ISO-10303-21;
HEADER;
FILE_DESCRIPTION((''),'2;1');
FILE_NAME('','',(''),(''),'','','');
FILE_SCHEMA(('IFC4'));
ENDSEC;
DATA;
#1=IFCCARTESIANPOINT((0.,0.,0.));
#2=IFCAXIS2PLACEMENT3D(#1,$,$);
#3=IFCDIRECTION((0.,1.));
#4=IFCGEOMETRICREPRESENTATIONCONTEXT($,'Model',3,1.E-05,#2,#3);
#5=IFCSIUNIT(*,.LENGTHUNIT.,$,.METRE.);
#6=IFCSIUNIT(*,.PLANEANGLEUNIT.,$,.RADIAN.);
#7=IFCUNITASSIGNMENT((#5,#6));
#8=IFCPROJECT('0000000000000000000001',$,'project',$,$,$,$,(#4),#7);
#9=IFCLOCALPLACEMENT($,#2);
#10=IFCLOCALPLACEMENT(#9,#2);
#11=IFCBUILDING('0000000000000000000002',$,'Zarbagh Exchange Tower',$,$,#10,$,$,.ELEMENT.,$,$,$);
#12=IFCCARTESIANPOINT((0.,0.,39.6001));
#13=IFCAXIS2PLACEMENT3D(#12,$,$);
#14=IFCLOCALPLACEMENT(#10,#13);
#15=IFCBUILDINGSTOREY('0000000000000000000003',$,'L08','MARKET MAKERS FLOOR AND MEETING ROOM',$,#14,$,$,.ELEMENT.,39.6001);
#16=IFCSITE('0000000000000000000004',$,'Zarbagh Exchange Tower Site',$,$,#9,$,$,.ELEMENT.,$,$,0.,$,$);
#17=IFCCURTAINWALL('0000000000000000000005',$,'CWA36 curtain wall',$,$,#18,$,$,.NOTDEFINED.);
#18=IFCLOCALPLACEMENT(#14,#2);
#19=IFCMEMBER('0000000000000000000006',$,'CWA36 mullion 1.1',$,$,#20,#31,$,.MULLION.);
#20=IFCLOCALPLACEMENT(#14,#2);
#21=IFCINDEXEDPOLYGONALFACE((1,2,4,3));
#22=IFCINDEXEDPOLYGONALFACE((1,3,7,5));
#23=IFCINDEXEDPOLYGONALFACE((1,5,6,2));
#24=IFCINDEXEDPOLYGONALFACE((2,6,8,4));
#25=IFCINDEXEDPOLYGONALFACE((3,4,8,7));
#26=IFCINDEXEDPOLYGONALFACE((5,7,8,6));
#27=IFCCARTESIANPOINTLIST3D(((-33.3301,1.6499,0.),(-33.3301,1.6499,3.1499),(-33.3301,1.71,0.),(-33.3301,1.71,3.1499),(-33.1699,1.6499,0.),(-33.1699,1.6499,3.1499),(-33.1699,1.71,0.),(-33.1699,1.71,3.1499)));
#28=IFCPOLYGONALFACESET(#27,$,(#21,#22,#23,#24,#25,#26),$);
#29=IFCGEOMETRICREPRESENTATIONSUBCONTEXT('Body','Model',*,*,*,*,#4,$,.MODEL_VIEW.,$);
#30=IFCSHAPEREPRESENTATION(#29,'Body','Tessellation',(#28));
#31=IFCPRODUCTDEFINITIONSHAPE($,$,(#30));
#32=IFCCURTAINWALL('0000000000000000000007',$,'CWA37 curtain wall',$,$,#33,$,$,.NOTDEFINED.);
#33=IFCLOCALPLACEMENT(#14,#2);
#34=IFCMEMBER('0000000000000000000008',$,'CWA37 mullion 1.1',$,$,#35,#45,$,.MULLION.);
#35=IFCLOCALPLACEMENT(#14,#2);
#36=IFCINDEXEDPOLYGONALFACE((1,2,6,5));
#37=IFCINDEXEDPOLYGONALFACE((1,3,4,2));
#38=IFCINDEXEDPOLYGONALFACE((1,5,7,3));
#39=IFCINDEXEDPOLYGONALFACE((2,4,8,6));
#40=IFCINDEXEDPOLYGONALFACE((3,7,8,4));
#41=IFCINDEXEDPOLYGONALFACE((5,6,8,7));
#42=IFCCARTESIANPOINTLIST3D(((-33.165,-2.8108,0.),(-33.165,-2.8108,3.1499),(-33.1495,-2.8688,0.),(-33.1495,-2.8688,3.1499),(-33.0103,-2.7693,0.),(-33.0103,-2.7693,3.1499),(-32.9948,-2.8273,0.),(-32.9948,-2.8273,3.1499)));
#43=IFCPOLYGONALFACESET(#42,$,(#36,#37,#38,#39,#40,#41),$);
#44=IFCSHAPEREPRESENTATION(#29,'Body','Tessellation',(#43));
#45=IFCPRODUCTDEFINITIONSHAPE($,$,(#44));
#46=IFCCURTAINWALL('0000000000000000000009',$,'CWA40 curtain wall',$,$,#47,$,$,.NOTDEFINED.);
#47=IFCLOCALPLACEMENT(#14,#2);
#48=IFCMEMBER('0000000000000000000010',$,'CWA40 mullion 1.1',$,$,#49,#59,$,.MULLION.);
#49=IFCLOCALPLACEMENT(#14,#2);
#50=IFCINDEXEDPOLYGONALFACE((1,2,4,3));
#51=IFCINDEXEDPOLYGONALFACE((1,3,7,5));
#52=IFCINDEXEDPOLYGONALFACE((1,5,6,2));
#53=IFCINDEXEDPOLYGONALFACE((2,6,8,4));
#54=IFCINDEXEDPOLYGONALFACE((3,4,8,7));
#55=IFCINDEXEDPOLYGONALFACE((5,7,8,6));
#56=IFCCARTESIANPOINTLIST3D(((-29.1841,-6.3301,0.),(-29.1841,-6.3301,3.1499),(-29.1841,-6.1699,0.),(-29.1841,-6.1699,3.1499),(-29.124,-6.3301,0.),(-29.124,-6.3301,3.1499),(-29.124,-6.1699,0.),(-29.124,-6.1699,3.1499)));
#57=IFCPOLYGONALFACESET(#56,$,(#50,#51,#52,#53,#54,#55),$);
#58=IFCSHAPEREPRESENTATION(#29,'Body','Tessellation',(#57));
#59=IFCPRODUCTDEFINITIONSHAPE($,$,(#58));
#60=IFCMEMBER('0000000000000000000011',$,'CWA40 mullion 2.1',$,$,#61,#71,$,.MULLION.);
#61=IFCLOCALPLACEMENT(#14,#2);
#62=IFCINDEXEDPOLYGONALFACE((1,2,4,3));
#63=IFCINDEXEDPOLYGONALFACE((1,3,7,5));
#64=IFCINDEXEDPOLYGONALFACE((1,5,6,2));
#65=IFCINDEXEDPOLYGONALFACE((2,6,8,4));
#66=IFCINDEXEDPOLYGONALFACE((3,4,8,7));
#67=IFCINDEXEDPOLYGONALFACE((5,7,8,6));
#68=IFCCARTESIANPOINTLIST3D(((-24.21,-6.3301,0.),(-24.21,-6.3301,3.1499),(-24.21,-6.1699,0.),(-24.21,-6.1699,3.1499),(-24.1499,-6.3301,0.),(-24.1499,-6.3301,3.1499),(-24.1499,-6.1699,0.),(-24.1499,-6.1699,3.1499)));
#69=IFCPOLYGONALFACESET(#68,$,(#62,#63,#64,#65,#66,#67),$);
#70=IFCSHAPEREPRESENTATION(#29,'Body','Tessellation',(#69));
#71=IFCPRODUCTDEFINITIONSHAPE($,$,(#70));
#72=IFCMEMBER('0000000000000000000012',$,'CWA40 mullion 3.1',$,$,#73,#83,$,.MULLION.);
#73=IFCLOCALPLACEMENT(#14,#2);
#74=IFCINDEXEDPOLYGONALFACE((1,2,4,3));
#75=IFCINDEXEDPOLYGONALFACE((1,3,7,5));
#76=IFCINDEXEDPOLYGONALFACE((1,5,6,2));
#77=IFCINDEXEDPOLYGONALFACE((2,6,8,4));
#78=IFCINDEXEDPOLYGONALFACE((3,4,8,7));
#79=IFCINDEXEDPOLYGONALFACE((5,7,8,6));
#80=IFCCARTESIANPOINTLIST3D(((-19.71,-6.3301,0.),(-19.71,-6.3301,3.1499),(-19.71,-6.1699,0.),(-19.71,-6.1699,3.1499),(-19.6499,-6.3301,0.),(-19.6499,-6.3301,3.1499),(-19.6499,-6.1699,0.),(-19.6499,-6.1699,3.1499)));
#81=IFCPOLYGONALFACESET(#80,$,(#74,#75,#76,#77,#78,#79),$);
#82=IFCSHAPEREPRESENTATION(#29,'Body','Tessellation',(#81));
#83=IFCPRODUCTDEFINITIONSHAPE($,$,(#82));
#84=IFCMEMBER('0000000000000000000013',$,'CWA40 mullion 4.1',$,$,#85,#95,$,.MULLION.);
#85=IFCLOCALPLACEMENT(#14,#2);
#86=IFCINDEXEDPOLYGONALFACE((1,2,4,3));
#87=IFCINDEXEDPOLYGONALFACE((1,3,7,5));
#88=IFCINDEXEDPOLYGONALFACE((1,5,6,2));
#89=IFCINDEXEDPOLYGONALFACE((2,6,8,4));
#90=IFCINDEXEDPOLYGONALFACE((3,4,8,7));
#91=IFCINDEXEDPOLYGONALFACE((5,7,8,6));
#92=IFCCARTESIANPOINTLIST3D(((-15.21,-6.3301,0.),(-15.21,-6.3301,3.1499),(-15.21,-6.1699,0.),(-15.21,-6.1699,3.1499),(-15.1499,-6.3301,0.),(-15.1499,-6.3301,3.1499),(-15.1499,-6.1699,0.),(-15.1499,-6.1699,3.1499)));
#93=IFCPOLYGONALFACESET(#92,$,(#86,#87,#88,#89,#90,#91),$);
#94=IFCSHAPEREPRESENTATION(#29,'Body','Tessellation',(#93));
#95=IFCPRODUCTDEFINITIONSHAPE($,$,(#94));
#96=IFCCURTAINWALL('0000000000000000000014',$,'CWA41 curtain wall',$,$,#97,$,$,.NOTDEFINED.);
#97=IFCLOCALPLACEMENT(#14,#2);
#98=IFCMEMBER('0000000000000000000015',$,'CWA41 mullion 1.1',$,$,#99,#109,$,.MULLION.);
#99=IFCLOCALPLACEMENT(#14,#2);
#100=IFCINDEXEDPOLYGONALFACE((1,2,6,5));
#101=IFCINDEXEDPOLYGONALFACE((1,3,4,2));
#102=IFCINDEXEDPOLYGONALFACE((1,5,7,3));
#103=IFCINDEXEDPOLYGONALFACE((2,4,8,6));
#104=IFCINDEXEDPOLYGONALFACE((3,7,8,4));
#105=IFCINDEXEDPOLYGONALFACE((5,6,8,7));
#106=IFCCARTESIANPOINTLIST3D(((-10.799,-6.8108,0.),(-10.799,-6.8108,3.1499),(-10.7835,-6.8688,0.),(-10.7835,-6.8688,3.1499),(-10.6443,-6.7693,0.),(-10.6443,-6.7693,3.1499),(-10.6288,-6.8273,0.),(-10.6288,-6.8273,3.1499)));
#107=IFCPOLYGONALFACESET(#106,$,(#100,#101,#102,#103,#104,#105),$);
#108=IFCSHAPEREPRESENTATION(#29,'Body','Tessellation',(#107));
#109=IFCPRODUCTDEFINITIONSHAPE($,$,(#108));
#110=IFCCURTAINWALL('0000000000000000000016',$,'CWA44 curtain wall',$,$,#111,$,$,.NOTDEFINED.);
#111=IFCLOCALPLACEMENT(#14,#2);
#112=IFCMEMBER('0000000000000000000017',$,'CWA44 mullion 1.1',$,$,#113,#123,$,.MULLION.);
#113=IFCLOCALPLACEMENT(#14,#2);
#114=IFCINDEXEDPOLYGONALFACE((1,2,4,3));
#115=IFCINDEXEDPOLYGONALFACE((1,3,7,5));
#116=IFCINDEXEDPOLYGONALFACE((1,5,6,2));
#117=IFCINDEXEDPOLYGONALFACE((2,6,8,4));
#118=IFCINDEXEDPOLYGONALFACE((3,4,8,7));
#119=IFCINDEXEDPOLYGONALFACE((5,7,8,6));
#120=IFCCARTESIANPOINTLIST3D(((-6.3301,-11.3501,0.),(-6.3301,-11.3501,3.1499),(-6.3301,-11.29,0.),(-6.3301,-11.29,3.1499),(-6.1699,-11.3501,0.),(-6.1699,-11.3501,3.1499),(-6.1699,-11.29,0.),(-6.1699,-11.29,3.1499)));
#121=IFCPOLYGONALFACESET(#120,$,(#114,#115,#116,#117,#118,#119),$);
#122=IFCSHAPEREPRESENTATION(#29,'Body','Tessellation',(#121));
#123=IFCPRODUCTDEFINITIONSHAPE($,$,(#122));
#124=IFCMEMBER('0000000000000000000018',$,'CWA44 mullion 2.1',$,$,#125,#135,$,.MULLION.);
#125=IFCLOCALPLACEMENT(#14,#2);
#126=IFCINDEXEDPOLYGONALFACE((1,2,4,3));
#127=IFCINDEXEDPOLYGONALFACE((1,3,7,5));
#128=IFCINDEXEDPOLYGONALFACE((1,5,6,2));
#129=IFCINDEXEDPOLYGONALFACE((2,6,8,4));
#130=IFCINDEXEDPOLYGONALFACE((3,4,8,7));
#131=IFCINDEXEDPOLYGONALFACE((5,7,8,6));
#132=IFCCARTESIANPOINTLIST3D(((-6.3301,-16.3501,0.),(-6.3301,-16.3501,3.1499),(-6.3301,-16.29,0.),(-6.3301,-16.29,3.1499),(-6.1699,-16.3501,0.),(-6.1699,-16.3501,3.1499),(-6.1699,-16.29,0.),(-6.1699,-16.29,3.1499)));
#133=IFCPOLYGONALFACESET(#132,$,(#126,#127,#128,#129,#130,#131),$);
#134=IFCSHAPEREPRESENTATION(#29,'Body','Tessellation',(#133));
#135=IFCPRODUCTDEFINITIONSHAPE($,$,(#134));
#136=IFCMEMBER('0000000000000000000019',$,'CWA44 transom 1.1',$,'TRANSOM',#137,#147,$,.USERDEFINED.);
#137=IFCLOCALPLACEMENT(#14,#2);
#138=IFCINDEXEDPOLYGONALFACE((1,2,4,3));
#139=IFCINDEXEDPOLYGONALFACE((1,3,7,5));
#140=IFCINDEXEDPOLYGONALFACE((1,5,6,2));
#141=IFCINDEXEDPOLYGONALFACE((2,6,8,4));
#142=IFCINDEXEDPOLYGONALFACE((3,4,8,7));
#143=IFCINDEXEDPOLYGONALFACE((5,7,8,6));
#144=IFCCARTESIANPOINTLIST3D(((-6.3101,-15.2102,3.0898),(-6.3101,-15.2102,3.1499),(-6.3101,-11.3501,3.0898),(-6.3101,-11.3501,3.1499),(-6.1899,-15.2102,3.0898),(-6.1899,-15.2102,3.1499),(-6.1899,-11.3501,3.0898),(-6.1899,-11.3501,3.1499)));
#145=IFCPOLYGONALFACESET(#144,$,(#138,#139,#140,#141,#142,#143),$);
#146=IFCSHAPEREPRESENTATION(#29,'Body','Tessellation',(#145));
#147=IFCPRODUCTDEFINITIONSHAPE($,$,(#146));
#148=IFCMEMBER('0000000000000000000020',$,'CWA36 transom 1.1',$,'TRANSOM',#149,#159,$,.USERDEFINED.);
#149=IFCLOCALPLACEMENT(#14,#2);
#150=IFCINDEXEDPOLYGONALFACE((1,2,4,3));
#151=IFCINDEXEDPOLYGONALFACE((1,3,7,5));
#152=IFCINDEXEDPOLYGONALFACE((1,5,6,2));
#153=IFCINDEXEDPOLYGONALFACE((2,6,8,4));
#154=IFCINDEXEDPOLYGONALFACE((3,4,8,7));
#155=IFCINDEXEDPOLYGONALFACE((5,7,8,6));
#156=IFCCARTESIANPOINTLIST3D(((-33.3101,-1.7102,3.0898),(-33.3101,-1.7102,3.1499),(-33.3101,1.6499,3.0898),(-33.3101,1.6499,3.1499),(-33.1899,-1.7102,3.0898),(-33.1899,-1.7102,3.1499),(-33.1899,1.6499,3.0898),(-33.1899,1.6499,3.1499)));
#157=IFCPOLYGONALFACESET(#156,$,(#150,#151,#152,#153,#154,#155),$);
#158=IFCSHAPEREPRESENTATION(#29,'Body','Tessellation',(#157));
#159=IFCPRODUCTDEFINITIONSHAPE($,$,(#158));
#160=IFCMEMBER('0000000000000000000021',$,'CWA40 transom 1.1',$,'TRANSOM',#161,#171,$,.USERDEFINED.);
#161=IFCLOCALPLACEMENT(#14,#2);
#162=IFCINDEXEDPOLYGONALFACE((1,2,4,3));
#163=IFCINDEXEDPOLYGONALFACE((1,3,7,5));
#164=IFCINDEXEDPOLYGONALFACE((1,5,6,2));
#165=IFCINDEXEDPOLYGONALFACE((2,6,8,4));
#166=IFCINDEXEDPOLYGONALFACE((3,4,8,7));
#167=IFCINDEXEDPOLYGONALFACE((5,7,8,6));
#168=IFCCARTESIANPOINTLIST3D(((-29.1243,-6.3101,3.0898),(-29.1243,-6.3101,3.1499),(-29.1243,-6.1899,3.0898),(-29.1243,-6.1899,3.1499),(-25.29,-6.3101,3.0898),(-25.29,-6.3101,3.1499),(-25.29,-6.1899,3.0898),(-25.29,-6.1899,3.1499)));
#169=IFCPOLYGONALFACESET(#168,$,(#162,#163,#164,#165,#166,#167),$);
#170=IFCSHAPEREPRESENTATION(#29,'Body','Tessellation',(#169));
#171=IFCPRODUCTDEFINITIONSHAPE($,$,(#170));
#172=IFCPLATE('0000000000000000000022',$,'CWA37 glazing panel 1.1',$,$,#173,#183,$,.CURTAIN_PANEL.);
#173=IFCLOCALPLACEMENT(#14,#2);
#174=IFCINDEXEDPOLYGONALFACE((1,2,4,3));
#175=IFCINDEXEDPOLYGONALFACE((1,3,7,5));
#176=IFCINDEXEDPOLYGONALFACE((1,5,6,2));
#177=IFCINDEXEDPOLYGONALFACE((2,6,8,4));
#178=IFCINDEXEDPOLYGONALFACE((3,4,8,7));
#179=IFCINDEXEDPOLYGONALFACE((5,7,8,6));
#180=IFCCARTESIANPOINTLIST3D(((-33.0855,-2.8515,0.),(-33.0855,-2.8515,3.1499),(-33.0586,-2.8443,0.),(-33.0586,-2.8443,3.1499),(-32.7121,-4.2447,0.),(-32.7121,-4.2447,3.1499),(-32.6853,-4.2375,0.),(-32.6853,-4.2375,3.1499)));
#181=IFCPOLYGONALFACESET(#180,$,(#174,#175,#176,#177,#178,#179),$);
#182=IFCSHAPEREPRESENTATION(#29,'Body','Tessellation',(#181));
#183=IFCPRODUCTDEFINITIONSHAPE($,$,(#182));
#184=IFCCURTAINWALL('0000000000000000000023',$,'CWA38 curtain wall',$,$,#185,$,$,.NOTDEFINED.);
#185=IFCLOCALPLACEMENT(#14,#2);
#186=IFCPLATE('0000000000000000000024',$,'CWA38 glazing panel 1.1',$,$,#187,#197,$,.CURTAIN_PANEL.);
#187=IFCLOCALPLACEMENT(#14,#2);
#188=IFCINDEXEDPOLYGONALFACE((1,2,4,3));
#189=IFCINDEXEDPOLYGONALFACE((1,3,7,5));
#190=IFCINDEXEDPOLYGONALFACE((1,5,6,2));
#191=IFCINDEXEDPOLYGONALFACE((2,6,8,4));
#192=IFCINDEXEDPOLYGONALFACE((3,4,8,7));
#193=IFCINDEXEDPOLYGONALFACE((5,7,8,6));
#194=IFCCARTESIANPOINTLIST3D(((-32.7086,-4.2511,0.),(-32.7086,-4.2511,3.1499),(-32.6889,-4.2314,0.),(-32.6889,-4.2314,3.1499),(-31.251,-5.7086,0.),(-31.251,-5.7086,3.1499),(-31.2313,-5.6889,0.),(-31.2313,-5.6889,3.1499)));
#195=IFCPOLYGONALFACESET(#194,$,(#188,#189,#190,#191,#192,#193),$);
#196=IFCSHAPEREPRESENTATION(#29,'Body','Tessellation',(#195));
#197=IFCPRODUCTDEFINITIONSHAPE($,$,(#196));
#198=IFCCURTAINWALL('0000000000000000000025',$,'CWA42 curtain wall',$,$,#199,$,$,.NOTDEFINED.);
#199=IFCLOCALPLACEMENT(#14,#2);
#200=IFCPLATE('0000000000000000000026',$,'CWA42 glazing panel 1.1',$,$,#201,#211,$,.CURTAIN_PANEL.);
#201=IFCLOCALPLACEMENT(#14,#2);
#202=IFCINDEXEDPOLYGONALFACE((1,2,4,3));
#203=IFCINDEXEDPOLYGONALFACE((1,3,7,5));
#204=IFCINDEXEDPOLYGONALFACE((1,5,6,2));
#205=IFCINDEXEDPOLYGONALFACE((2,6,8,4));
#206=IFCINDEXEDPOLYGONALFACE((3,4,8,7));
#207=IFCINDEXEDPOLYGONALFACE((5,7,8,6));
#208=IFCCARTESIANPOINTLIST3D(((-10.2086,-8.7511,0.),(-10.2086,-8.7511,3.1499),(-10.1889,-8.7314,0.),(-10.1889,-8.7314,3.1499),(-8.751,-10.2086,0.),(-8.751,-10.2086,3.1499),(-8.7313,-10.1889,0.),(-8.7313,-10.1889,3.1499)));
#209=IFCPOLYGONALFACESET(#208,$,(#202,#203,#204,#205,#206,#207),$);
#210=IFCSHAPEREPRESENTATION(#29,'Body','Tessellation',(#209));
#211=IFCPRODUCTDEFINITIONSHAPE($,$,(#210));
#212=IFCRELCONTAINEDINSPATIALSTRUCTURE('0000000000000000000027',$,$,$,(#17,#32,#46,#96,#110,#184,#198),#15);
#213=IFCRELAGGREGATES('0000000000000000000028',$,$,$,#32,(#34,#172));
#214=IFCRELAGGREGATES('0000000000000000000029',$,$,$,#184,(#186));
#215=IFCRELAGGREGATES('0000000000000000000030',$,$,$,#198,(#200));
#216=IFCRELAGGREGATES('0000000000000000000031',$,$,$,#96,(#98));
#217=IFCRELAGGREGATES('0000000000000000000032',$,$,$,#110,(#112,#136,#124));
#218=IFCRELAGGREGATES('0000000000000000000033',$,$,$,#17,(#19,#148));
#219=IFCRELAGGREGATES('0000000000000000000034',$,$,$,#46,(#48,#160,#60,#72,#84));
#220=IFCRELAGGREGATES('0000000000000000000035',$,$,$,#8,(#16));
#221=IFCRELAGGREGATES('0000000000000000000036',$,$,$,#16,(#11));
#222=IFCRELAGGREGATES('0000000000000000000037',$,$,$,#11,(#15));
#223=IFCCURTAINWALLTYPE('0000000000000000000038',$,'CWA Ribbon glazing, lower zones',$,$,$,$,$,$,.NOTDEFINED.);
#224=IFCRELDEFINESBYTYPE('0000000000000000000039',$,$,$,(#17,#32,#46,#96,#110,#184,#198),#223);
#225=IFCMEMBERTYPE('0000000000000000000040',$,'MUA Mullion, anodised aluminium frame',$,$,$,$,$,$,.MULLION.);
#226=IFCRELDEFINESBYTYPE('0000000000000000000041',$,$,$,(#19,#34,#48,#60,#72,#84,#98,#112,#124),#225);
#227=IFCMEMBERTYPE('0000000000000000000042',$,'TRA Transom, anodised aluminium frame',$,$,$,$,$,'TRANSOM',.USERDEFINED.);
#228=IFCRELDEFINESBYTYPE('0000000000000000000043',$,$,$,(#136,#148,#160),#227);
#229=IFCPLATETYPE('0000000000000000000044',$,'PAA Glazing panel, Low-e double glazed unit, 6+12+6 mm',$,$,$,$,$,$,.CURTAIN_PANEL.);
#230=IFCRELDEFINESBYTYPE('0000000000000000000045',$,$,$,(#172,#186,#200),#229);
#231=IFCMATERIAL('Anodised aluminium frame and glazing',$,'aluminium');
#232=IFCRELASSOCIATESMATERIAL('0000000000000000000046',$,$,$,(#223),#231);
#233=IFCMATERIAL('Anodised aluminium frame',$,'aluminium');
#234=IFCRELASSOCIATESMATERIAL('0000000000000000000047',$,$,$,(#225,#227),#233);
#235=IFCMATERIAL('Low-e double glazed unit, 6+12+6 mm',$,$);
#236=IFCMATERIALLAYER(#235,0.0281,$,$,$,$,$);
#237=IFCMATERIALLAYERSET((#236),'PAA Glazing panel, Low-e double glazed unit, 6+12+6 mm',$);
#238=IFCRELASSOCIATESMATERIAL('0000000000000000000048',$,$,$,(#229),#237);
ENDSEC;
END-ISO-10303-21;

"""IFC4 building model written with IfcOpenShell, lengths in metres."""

from ifc_helpers import new_model, si_unit, direction, frame, origin, place, context, subcontext, project, spatial, polyline, outline, extrude, source, transform, mapped, material, layer, layer_set, type_object, element, aggregate, save


model = new_model("IFC4")

# Units and contexts
model_context = context("Model", 3, precision=1e-05, world=origin(), true_north=direction((0.0, 1.0)))
body_context = subcontext(model_context, "Body", "Model", "MODEL_VIEW")
ifc_project = project(units=[si_unit("LENGTHUNIT", "METRE"), si_unit("PLANEANGLEUNIT", "RADIAN")], contexts=[model_context])

# Site, building, storey
site_placement = place(None, origin())
site = spatial("IfcSite", under=ifc_project, at=site_placement, Name="Zarbagh Exchange Tower Site", CompositionType="ELEMENT", RefElevation=0.0)
building_placement = place(site_placement, origin())
building = spatial("IfcBuilding", under=site, at=building_placement, Name="Zarbagh Exchange Tower", CompositionType="ELEMENT")
storey_placement = place(building_placement, frame((0.0, 0.0, 39.6001)))
storey = spatial("IfcBuildingStorey", under=building, at=storey_placement, Name="L08", Description="MARKET MAKERS FLOOR AND MEETING ROOM", CompositionType="ELEMENT", Elevation=39.6001)

# Curtain walls, members
ifc_material_1 = material(Name="Anodised aluminium frame and glazing", Category="aluminium")
curtain_wall_type = type_object("IfcCurtainWallType", Name="CWA Ribbon glazing, lower zones", PredefinedType="NOTDEFINED", material=ifc_material_1)
curtain_wall_1_placement = place(storey_placement, origin())
curtain_wall_1 = element("IfcCurtainWall", 1, at=curtain_wall_1_placement, inside=storey, type_object=curtain_wall_type, Name="CWA36 curtain wall", PredefinedType="NOTDEFINED")
ifc_material_2 = material(Name="Anodised aluminium frame", Category="aluminium")
member_type_1 = type_object("IfcMemberType", Name="MUA Mullion, anodised aluminium frame", PredefinedType="MULLION", material=ifc_material_2)
shared_shape_1 = source(origin(), body_context, "Body", "SweptSolid", [
    extrude(outline(polyline([(0.0, -0.0801), (0.0601, -0.0801), (0.0601, 0.0801), (0.0, 0.0801), (0.0, -0.0801)])), origin(), (0.0, 0.0, 1.0), 3.1499),
])
placement = place(storey_placement, origin())
member_1 = element("IfcMember", 2, at=placement, type_object=member_type_1, Name="CWA36 mullion 1.1", PredefinedType="MULLION", context=body_context, shape_type="MappedRepresentation", body=[
    mapped(shared_shape_1, transform((-33.25, 1.71, 0.0), x_axis=(0.0, -1.0, 0.0), y_axis=(1.0, 0.0, 0.0), z_axis=(0.0, 0.0, 1.0))),
])
curtain_wall_2_placement = place(storey_placement, origin())
curtain_wall_2 = element("IfcCurtainWall", 3, at=curtain_wall_2_placement, inside=storey, type_object=curtain_wall_type, Name="CWA37 curtain wall", PredefinedType="NOTDEFINED")
member_2 = element("IfcMember", 4, at=placement, type_object=member_type_1, Name="CWA37 mullion 1.1", PredefinedType="MULLION", context=body_context, shape_type="MappedRepresentation", body=[
    mapped(shared_shape_1, transform((-33.0876, -2.79, 0.0), x_axis=(0.258825, -0.965924, 0.0), y_axis=(0.965924, 0.258825, 0.0), z_axis=(0.0, 0.0, 1.0))),
])

# Curtain wall, members
curtain_wall_3_placement = place(storey_placement, origin())
curtain_wall_3 = element("IfcCurtainWall", 5, at=curtain_wall_3_placement, inside=storey, type_object=curtain_wall_type, Name="CWA40 curtain wall", PredefinedType="NOTDEFINED")
member_3 = element("IfcMember", 6, at=placement, type_object=member_type_1, Name="CWA40 mullion 1.1", PredefinedType="MULLION", context=body_context, shape_type="MappedRepresentation", body=[
    mapped(shared_shape_1, transform((-29.1841, -6.25, 0.0), x_axis=(1.0, 0.0, 0.0), y_axis=(0.0, 1.0, 0.0), z_axis=(0.0, 0.0, 1.0))),
])
member_4 = element("IfcMember", 7, at=placement, type_object=member_type_1, Name="CWA40 mullion 2.1", PredefinedType="MULLION", context=body_context, shape_type="MappedRepresentation", body=[
    mapped(shared_shape_1, transform((-24.21, -6.25, 0.0), x_axis=(1.0, 0.0, 0.0), y_axis=(0.0, 1.0, 0.0), z_axis=(0.0, 0.0, 1.0))),
])
member_5 = element("IfcMember", 8, at=placement, type_object=member_type_1, Name="CWA40 mullion 3.1", PredefinedType="MULLION", context=body_context, shape_type="MappedRepresentation", body=[
    mapped(shared_shape_1, transform((-19.71, -6.25, 0.0), x_axis=(1.0, 0.0, 0.0), y_axis=(0.0, 1.0, 0.0), z_axis=(0.0, 0.0, 1.0))),
])
member_6 = element("IfcMember", 9, at=placement, type_object=member_type_1, Name="CWA40 mullion 4.1", PredefinedType="MULLION", context=body_context, shape_type="MappedRepresentation", body=[
    mapped(shared_shape_1, transform((-15.21, -6.25, 0.0), x_axis=(1.0, 0.0, 0.0), y_axis=(0.0, 1.0, 0.0), z_axis=(0.0, 0.0, 1.0))),
])

# Curtain wall, member
curtain_wall_4_placement = place(storey_placement, origin())
curtain_wall_4 = element("IfcCurtainWall", 10, at=curtain_wall_4_placement, inside=storey, type_object=curtain_wall_type, Name="CWA41 curtain wall", PredefinedType="NOTDEFINED")
member_7 = element("IfcMember", 11, at=placement, type_object=member_type_1, Name="CWA41 mullion 1.1", PredefinedType="MULLION", context=body_context, shape_type="MappedRepresentation", body=[
    mapped(shared_shape_1, transform((-10.7217, -6.79, 0.0), x_axis=(0.258825, -0.965924, 0.0), y_axis=(0.965924, 0.258825, 0.0), z_axis=(0.0, 0.0, 1.0))),
])

# Curtain wall, members
curtain_wall_5_placement = place(storey_placement, origin())
curtain_wall_5 = element("IfcCurtainWall", 12, at=curtain_wall_5_placement, inside=storey, type_object=curtain_wall_type, Name="CWA44 curtain wall", PredefinedType="NOTDEFINED")
member_8 = element("IfcMember", 13, at=placement, type_object=member_type_1, Name="CWA44 mullion 1.1", PredefinedType="MULLION", context=body_context, shape_type="MappedRepresentation", body=[
    mapped(shared_shape_1, transform((-6.25, -11.29, 0.0), x_axis=(0.0, -1.0, 0.0), y_axis=(1.0, 0.0, 0.0), z_axis=(0.0, 0.0, 1.0))),
])
member_9 = element("IfcMember", 14, at=placement, type_object=member_type_1, Name="CWA44 mullion 2.1", PredefinedType="MULLION", context=body_context, shape_type="MappedRepresentation", body=[
    mapped(shared_shape_1, transform((-6.25, -16.29, 0.0), x_axis=(0.0, -1.0, 0.0), y_axis=(1.0, 0.0, 0.0), z_axis=(0.0, 0.0, 1.0))),
])
member_type_2 = type_object("IfcMemberType", Name="TRA Transom, anodised aluminium frame", ElementType="TRANSOM", PredefinedType="USERDEFINED", material=ifc_material_2)
shared_shape_2 = source(origin(), body_context, "Body", "SweptSolid", [
    extrude(outline(polyline([(-0.0601, -0.0601), (0.0, -0.0601), (0.0, 0.0601), (-0.0601, 0.0601), (-0.0601, -0.0601)])), origin(), (0.0, 0.0, 1.0), 3.8601),
])
member_10 = element("IfcMember", 15, at=placement, type_object=member_type_2, Name="CWA44 transom 1.1", ObjectType="TRANSOM", PredefinedType="USERDEFINED", context=body_context, shape_type="MappedRepresentation", body=[
    mapped(shared_shape_2, transform((-6.25, -11.3501, 3.1499), x_axis=(0.0, 0.0, 1.0), y_axis=(-1.0, 0.0, 0.0), z_axis=(0.0, -1.0, 0.0))),
])

# Members
shared_shape_3 = source(origin(), body_context, "Body", "SweptSolid", [
    extrude(outline(polyline([(-0.0601, -0.0601), (0.0, -0.0601), (0.0, 0.0601), (-0.0601, 0.0601), (-0.0601, -0.0601)])), origin(), (0.0, 0.0, 1.0), 3.3601),
])
member_11 = element("IfcMember", 16, at=placement, type_object=member_type_2, Name="CWA36 transom 1.1", ObjectType="TRANSOM", PredefinedType="USERDEFINED", context=body_context, shape_type="MappedRepresentation", body=[
    mapped(shared_shape_3, transform((-33.25, 1.6499, 3.1499), x_axis=(0.0, 0.0, 1.0), y_axis=(-1.0, 0.0, 0.0), z_axis=(0.0, -1.0, 0.0))),
])
shared_shape_4 = source(origin(), body_context, "Body", "SweptSolid", [
    extrude(outline(polyline([(-0.0601, -0.0601), (0.0, -0.0601), (0.0, 0.0601), (-0.0601, 0.0601), (-0.0601, -0.0601)])), origin(), (0.0, 0.0, 1.0), 3.8342),
])
member_12 = element("IfcMember", 17, at=placement, type_object=member_type_2, Name="CWA40 transom 1.1", ObjectType="TRANSOM", PredefinedType="USERDEFINED", context=body_context, shape_type="MappedRepresentation", body=[
    mapped(shared_shape_4, transform((-29.1243, -6.25, 3.1499), x_axis=(0.0, 0.0, 1.0), y_axis=(0.0, -1.0, 0.0), z_axis=(1.0, 0.0, 0.0))),
])

# Plate
ifc_material_3 = material(Name="Low-e double glazed unit, 6+12+6 mm")
ifc_layer = layer(ifc_material_3, 0.0281)
ifc_layer_set = layer_set([ifc_layer], Name="PAA Glazing panel, Low-e double glazed unit, 6+12+6 mm")
plate_type = type_object("IfcPlateType", Name="PAA Glazing panel, Low-e double glazed unit, 6+12+6 mm", PredefinedType="CURTAIN_PANEL", material=ifc_layer_set)
shared_shape_5 = source(origin(), body_context, "Body", "SweptSolid", [
    extrude(outline(polyline([(0.0, -0.0139), (1.4424, -0.0139), (1.4424, 0.0139), (0.0, 0.0139), (0.0, -0.0139)])), origin(), (0.0, 0.0, 1.0), 3.1499),
])
plate_1 = element("IfcPlate", 18, at=placement, type_object=plate_type, Name="CWA37 glazing panel 1.1", PredefinedType="CURTAIN_PANEL", context=body_context, shape_type="MappedRepresentation", body=[
    mapped(shared_shape_5, transform((-33.072, -2.8479, 0.0), x_axis=(0.258825, -0.965924, 0.0), y_axis=(0.965924, 0.258825, 0.0), z_axis=(0.0, 0.0, 1.0))),
])
aggregate(curtain_wall_2, [member_2, plate_1])

# Curtain walls, plates
curtain_wall_6_placement = place(storey_placement, origin())
curtain_wall_6 = element("IfcCurtainWall", 19, at=curtain_wall_6_placement, inside=storey, type_object=curtain_wall_type, Name="CWA38 curtain wall", PredefinedType="NOTDEFINED")
shared_shape_6 = source(origin(), body_context, "Body", "SweptSolid", [
    extrude(outline(polyline([(0.0, -0.0139), (2.0613, -0.0139), (2.0613, 0.0139), (0.0, 0.0139), (0.0, -0.0139)])), origin(), (0.0, 0.0, 1.0), 3.1499),
])
plate_2 = element("IfcPlate", 20, at=placement, type_object=plate_type, Name="CWA38 glazing panel 1.1", PredefinedType="CURTAIN_PANEL", context=body_context, shape_type="MappedRepresentation", body=[
    mapped(shared_shape_6, transform((-32.6987, -4.2412, 0.0), x_axis=(0.707107, -0.707107, 0.0), y_axis=(0.707107, 0.707107, 0.0), z_axis=(0.0, 0.0, 1.0))),
])
aggregate(curtain_wall_6, [plate_2])
curtain_wall_7_placement = place(storey_placement, origin())
curtain_wall_7 = element("IfcCurtainWall", 21, at=curtain_wall_7_placement, inside=storey, type_object=curtain_wall_type, Name="CWA42 curtain wall", PredefinedType="NOTDEFINED")
plate_3 = element("IfcPlate", 22, at=placement, type_object=plate_type, Name="CWA42 glazing panel 1.1", PredefinedType="CURTAIN_PANEL", context=body_context, shape_type="MappedRepresentation", body=[
    mapped(shared_shape_6, transform((-10.1987, -8.7412, 0.0), x_axis=(0.707107, -0.707107, 0.0), y_axis=(0.707107, 0.707107, 0.0), z_axis=(0.0, 0.0, 1.0))),
])
aggregate(curtain_wall_7, [plate_3])

aggregate(curtain_wall_4, [member_7])

aggregate(curtain_wall_5, [member_8, member_10, member_9])
aggregate(curtain_wall_1, [member_1, member_11])
aggregate(curtain_wall_3, [member_3, member_12, member_4, member_5, member_6])

save(model, "model.ifc")
